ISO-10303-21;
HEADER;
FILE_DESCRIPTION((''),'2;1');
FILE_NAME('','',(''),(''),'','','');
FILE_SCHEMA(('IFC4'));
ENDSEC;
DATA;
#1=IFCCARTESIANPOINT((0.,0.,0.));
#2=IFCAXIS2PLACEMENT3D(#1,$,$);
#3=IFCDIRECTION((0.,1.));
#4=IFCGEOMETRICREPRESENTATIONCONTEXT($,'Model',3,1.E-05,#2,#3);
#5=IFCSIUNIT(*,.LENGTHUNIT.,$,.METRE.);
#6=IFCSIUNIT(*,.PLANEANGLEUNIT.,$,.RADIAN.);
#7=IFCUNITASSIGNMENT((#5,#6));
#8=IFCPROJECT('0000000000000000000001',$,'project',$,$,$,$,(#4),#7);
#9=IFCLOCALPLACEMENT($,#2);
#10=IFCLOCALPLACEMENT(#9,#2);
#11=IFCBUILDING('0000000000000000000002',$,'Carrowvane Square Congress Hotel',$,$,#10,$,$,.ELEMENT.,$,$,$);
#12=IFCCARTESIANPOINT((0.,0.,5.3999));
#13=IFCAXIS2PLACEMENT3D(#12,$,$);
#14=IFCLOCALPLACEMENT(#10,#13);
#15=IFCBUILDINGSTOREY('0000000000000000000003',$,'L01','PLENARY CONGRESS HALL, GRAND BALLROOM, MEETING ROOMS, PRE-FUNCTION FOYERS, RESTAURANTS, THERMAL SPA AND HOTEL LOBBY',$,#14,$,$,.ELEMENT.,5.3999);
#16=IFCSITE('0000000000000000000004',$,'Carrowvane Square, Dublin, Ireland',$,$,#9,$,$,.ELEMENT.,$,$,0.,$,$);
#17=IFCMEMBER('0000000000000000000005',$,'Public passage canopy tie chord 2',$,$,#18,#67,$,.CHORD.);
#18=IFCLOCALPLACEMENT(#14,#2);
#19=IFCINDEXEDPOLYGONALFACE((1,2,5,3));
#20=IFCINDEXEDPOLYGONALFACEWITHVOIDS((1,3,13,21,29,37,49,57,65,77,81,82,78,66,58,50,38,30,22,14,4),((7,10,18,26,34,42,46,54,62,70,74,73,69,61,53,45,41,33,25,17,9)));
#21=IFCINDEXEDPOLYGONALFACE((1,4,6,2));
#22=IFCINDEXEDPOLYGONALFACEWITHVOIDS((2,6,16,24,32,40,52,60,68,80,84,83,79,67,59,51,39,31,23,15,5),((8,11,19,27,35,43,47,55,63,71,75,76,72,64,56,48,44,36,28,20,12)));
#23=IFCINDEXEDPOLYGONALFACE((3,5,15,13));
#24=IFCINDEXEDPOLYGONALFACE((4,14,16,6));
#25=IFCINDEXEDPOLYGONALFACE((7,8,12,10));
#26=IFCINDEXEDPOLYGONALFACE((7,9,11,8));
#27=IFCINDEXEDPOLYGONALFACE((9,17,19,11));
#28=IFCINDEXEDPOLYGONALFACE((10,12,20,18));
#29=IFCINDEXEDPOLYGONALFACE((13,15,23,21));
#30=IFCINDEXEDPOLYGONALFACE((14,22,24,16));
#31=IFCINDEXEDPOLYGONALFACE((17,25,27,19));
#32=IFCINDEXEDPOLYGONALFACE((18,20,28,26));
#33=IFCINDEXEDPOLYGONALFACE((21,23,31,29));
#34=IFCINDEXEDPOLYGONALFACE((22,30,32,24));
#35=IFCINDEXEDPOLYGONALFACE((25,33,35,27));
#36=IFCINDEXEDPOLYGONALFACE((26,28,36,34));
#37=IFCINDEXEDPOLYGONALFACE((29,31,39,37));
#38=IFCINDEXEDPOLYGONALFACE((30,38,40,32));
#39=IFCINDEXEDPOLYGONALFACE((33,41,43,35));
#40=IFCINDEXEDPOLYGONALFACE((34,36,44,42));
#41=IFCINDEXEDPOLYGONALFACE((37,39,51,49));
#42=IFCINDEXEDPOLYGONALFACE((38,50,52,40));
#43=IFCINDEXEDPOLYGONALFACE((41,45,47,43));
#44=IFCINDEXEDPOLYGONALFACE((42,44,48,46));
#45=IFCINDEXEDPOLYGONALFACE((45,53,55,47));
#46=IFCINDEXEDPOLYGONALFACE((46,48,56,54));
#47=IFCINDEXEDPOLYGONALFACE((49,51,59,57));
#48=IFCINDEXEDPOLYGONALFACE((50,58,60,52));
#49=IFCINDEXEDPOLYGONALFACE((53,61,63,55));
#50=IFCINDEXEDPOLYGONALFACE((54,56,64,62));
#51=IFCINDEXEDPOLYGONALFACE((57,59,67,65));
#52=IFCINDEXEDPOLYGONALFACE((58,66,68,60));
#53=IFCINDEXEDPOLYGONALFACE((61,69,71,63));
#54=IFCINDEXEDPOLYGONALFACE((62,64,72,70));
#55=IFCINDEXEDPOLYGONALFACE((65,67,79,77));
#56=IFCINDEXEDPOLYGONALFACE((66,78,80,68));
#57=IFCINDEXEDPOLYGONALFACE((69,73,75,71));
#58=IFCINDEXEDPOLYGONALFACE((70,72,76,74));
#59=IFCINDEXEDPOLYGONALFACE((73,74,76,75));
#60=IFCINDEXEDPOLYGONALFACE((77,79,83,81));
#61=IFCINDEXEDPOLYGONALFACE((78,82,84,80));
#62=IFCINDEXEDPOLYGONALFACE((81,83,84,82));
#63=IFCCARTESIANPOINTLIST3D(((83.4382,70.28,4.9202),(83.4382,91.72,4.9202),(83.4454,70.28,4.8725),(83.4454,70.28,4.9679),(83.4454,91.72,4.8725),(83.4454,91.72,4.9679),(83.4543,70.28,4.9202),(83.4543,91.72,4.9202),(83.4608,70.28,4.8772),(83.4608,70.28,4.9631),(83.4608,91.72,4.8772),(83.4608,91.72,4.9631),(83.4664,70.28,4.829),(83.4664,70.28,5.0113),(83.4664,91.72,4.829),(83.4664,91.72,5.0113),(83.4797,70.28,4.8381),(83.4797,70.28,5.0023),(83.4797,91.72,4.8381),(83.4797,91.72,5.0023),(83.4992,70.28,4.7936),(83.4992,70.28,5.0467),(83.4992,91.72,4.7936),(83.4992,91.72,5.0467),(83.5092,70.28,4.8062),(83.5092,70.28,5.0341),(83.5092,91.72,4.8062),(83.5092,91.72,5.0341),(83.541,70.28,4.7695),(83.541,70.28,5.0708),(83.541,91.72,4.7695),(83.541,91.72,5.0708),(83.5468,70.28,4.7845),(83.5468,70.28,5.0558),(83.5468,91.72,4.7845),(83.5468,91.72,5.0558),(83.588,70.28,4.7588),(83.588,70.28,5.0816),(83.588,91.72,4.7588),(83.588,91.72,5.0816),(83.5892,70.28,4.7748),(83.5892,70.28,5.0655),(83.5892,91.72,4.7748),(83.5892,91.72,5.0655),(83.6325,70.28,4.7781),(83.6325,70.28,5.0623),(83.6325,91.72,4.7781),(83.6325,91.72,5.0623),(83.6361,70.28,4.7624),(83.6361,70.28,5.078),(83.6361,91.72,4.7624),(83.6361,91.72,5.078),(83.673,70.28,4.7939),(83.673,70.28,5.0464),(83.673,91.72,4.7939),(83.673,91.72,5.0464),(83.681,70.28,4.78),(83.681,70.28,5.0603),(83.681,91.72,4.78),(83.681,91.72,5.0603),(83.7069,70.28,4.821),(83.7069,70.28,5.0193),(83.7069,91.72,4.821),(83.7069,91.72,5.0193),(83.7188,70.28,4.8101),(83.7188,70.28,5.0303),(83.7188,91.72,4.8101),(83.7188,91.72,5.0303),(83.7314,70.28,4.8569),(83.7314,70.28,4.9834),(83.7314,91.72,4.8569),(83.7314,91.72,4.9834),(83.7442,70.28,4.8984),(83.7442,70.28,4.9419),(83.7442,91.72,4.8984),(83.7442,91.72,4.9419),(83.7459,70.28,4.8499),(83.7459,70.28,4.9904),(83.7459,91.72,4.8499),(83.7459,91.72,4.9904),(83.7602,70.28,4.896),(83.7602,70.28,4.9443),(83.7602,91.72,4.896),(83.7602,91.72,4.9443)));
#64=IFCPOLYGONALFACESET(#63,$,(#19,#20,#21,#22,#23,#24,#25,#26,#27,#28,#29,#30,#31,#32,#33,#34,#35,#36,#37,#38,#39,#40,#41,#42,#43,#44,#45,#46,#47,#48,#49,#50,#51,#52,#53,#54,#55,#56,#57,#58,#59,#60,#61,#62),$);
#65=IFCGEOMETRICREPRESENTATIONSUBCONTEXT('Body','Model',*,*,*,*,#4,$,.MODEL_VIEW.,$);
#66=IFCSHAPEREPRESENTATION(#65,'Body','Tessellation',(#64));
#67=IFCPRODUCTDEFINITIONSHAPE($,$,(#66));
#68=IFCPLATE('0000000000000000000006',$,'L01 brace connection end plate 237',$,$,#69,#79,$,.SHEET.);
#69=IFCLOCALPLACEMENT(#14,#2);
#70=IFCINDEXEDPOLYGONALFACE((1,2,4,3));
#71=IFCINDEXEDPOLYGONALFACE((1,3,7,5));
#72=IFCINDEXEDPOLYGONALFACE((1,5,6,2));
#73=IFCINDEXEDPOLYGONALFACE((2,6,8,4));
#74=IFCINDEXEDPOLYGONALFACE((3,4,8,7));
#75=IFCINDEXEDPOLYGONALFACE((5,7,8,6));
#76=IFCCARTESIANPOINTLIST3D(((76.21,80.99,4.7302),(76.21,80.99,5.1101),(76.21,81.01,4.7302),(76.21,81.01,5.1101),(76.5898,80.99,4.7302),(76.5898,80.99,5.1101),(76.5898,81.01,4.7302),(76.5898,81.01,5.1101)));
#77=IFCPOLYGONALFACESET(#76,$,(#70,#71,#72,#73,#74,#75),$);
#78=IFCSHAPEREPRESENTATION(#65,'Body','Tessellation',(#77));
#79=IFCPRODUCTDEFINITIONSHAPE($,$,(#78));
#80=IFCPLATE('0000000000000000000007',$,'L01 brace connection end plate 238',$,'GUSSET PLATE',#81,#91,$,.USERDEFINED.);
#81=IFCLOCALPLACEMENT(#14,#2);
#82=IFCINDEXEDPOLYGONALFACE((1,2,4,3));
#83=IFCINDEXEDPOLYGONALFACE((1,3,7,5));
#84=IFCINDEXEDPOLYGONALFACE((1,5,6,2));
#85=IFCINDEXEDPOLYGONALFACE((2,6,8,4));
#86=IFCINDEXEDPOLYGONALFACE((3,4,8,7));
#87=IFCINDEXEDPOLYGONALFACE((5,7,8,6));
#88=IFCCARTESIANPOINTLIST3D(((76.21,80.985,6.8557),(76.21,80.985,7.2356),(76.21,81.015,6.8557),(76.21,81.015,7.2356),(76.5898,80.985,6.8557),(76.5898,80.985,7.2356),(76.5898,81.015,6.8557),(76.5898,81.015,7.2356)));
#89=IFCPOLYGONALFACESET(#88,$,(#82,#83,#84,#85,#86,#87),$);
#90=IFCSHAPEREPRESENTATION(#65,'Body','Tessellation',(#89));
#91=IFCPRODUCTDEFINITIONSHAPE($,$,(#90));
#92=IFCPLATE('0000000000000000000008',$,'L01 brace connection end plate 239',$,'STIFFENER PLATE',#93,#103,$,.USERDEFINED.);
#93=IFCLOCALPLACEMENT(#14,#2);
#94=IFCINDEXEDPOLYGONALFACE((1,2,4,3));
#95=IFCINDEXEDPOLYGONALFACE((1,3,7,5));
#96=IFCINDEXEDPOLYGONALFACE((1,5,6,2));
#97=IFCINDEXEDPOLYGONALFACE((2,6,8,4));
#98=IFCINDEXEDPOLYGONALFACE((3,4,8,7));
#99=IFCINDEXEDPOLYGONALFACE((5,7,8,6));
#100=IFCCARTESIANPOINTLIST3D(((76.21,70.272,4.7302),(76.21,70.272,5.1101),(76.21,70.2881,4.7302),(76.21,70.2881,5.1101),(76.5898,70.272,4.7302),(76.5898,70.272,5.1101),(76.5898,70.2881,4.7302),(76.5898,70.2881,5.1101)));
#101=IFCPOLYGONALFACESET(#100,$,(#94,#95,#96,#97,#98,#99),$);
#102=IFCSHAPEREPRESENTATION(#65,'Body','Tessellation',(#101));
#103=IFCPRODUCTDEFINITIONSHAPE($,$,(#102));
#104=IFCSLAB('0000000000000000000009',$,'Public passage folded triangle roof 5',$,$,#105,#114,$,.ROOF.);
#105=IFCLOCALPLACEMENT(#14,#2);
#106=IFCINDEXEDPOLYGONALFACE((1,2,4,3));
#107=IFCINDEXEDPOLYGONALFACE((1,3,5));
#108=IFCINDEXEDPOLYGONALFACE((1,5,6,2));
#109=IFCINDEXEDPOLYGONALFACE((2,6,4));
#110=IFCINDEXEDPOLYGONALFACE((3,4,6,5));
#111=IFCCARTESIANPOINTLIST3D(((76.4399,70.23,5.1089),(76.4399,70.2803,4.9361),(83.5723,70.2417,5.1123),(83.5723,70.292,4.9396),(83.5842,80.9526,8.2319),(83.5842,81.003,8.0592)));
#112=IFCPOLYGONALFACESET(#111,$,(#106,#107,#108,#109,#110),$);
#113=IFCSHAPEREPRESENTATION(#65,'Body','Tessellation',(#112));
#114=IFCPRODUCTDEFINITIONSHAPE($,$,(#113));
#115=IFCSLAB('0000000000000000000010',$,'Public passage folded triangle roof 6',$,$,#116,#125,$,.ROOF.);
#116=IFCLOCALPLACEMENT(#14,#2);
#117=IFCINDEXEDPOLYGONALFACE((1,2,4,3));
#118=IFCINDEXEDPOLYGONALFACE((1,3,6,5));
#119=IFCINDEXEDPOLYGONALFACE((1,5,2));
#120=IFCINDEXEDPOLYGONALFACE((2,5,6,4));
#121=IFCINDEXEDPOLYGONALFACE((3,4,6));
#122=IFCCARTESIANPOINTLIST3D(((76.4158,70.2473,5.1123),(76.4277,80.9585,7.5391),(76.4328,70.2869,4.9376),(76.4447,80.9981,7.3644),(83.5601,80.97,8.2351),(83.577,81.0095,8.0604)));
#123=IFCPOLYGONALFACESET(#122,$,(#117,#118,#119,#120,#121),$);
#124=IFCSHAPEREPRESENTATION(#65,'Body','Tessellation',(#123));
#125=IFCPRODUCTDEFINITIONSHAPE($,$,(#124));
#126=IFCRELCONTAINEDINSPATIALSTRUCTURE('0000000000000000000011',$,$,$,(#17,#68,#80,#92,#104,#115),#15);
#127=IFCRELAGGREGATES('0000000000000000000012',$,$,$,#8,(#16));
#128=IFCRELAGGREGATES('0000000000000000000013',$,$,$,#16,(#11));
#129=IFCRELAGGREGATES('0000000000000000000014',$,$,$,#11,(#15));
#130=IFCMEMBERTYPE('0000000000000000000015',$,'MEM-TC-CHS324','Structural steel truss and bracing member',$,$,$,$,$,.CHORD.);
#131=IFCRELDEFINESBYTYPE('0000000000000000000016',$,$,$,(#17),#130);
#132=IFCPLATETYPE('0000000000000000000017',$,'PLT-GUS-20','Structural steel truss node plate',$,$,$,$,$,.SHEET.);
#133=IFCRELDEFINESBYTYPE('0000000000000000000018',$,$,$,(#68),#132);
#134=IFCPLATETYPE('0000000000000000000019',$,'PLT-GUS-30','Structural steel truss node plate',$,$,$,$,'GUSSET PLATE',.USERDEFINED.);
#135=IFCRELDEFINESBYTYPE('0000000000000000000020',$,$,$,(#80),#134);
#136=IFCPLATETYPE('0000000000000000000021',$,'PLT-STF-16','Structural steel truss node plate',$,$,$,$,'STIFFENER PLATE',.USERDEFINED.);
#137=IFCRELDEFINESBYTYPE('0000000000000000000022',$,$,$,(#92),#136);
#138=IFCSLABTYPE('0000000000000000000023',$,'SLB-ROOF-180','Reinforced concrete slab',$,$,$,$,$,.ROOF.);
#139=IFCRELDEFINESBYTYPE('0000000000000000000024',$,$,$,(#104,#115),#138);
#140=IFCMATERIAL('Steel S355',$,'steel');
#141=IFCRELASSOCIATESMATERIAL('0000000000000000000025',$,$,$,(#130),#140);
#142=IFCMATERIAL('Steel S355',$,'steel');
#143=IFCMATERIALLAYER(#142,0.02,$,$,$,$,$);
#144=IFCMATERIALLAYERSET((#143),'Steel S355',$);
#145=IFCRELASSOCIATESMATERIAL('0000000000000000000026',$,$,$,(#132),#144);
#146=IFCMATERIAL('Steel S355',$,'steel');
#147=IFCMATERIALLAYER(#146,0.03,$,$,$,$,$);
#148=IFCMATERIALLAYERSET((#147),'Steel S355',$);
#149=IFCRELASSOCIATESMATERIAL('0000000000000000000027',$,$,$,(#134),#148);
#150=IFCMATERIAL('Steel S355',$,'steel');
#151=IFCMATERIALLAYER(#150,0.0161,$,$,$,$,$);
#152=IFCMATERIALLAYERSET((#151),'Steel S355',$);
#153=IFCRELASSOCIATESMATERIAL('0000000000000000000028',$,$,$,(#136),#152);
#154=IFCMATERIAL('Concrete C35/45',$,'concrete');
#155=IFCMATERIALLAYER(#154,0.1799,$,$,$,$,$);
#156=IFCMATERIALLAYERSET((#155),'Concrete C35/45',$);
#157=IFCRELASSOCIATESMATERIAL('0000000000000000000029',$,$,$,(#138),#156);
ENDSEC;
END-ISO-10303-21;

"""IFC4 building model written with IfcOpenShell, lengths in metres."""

from ifc_helpers import new_model, si_unit, direction, frame, origin, origin_2d, place, context, subcontext, project, spatial, polyline, rectangle, hollow_circle, outline, extrude, material, layer, layer_set, material_profile, profile_set, type_object, element, save


model = new_model("IFC4")

# Units and contexts
model_context = context("Model", 3, precision=1e-05, world=origin(), true_north=direction((0.0, 1.0)))
body_context = subcontext(model_context, "Body", "Model", "MODEL_VIEW")
ifc_project = project(units=[si_unit("LENGTHUNIT", "METRE"), si_unit("PLANEANGLEUNIT", "RADIAN")], contexts=[model_context])

# Site, building, storey
site_placement = place(None, origin())
site = spatial("IfcSite", under=ifc_project, at=site_placement, Name="Carrowvane Square, Dublin, Ireland", CompositionType="ELEMENT", RefElevation=0.0)
building_placement = place(site_placement, origin())
building = spatial("IfcBuilding", under=site, at=building_placement, Name="Carrowvane Square Congress Hotel", CompositionType="ELEMENT")
storey_placement = place(building_placement, frame((0.0, 0.0, 5.3999)))
storey = spatial("IfcBuildingStorey", under=building, at=storey_placement, Name="L01", Description="PLENARY CONGRESS HALL, GRAND BALLROOM, MEETING ROOMS, PRE-FUNCTION FOYERS, RESTAURANTS, THERMAL SPA AND HOTEL LOBBY", CompositionType="ELEMENT", Elevation=5.3999)

# Member
ifc_material_1 = material(Name="Steel S355", Category="steel")
ifc_material_profile_1 = material_profile(ifc_material_1, hollow_circle(Radius=0.1619, WallThickness=0.0161, at=origin_2d()), Name="CHS 323.9x16")
ifc_profile_set_1 = profile_set([ifc_material_profile_1], Name="Steel S355")
member_type_1 = type_object("IfcMemberType", Name="MEM-TC-CHS324", Description="Structural steel truss and bracing member", PredefinedType="CHORD", material=ifc_profile_set_1)
for number, where, z_axis, x_axis, name in (
    (1, (83.6001, 70.28, 4.9202), (0.0, 1.0, 0.0), (-1.0, 0.0, 0.0), "Public passage canopy tie chord 2"),
):
    element("IfcMember", number, at=place(storey_placement, frame(where, z_axis=z_axis, x_axis=x_axis)), inside=storey, type_object=member_type_1, Name=name, PredefinedType="CHORD", context=body_context, shape_type="SweptSolid", body=[
        extrude(hollow_circle(Radius=0.1619, WallThickness=0.0161, at=origin_2d()), origin(), (0.0, 0.0, 1.0), 21.4399),
    ])

# Plates
ifc_material_2 = material(Name="Steel S355", Category="steel")
ifc_layer_1 = layer(ifc_material_2, 0.02)
ifc_layer_set_1 = layer_set([ifc_layer_1], Name="Steel S355")
plate_type_1 = type_object("IfcPlateType", Name="PLT-GUS-20", Description="Structural steel truss node plate", PredefinedType="SHEET", material=ifc_layer_set_1)
plate_1_placement = place(storey_placement, frame((76.3999, 81.0, 4.7302), z_axis=(0.0, 0.0, 1.0), x_axis=(1.0, 0.0, 0.0)))
element("IfcPlate", 2, at=plate_1_placement, inside=storey, type_object=plate_type_1, Name="L01 brace connection end plate 237", PredefinedType="SHEET", context=body_context, shape_type="SweptSolid", body=[
    extrude(rectangle(XDim=0.3799, YDim=0.02, at=origin_2d()), origin(), (0.0, 0.0, 1.0), 0.3799),
])
ifc_material_3 = material(Name="Steel S355", Category="steel")
ifc_layer_2 = layer(ifc_material_3, 0.03)
ifc_layer_set_2 = layer_set([ifc_layer_2], Name="Steel S355")
plate_type_2 = type_object("IfcPlateType", Name="PLT-GUS-30", Description="Structural steel truss node plate", ElementType="GUSSET PLATE", PredefinedType="USERDEFINED", material=ifc_layer_set_2)
plate_2_placement = place(storey_placement, frame((76.3999, 81.0, 6.8557), z_axis=(0.0, 0.0, 1.0), x_axis=(1.0, 0.0, 0.0)))
element("IfcPlate", 3, at=plate_2_placement, inside=storey, type_object=plate_type_2, Name="L01 brace connection end plate 238", ObjectType="GUSSET PLATE", PredefinedType="USERDEFINED", context=body_context, shape_type="SweptSolid", body=[
    extrude(rectangle(XDim=0.3799, YDim=0.03, at=origin_2d()), origin(), (0.0, 0.0, 1.0), 0.3799),
])
ifc_material_4 = material(Name="Steel S355", Category="steel")
ifc_layer_3 = layer(ifc_material_4, 0.0161)
ifc_layer_set_3 = layer_set([ifc_layer_3], Name="Steel S355")
plate_type_3 = type_object("IfcPlateType", Name="PLT-STF-16", Description="Structural steel truss node plate", ElementType="STIFFENER PLATE", PredefinedType="USERDEFINED", material=ifc_layer_set_3)
plate_3_placement = place(storey_placement, frame((76.3999, 70.28, 4.7302), z_axis=(0.0, 0.0, 1.0), x_axis=(1.0, 0.0, 0.0)))
element("IfcPlate", 4, at=plate_3_placement, inside=storey, type_object=plate_type_3, Name="L01 brace connection end plate 239", ObjectType="STIFFENER PLATE", PredefinedType="USERDEFINED", context=body_context, shape_type="SweptSolid", body=[
    extrude(rectangle(XDim=0.3799, YDim=0.0161, at=origin_2d()), origin(), (0.0, 0.0, 1.0), 0.3799),
])

# Slabs
ifc_material_5 = material(Name="Concrete C35/45", Category="concrete")
ifc_layer_4 = layer(ifc_material_5, 0.1799)
ifc_layer_set_4 = layer_set([ifc_layer_4], Name="Concrete C35/45")
slab_type = type_object("IfcSlabType", Name="SLB-ROOF-180", Description="Reinforced concrete slab", PredefinedType="ROOF", material=ifc_layer_set_4)
slab_1_placement = place(storey_placement, frame((76.4399, 70.23, 5.1089), z_axis=(-0.000001, -0.279637, 0.960106), x_axis=(0.999999, 0.001643, 0.000479)))
element("IfcSlab", 5, at=slab_1_placement, inside=storey, type_object=slab_type, Name="Public passage folded triangle roof 5", PredefinedType="ROOF", context=body_context, shape_type="SweptSolid", body=[
    extrude(outline(polyline([(0.0, 0.0), (7.1323, 0.0), (7.1634, 11.156), (0.0, 0.0)])), origin(), (0.0, 0.0, -1.0), 0.1799),
])
slab_2_placement = place(storey_placement, frame((76.4158, 70.2473, 5.1123), z_axis=(-0.094401, -0.219876, 0.97095), x_axis=(0.538876, 0.808784, 0.235545)))
element("IfcSlab", 6, at=slab_2_placement, inside=storey, type_object=slab_type, Name="Public passage folded triangle roof 6", PredefinedType="ROOF", context=body_context, shape_type="SweptSolid", body=[
    extrude(outline(polyline([(0.0, 0.0), (13.2578, 0.0), (9.2411, 5.9347), (0.0, 0.0)])), origin(), (0.0, 0.0, -1.0), 0.1799),
])

save(model, "model.ifc")
